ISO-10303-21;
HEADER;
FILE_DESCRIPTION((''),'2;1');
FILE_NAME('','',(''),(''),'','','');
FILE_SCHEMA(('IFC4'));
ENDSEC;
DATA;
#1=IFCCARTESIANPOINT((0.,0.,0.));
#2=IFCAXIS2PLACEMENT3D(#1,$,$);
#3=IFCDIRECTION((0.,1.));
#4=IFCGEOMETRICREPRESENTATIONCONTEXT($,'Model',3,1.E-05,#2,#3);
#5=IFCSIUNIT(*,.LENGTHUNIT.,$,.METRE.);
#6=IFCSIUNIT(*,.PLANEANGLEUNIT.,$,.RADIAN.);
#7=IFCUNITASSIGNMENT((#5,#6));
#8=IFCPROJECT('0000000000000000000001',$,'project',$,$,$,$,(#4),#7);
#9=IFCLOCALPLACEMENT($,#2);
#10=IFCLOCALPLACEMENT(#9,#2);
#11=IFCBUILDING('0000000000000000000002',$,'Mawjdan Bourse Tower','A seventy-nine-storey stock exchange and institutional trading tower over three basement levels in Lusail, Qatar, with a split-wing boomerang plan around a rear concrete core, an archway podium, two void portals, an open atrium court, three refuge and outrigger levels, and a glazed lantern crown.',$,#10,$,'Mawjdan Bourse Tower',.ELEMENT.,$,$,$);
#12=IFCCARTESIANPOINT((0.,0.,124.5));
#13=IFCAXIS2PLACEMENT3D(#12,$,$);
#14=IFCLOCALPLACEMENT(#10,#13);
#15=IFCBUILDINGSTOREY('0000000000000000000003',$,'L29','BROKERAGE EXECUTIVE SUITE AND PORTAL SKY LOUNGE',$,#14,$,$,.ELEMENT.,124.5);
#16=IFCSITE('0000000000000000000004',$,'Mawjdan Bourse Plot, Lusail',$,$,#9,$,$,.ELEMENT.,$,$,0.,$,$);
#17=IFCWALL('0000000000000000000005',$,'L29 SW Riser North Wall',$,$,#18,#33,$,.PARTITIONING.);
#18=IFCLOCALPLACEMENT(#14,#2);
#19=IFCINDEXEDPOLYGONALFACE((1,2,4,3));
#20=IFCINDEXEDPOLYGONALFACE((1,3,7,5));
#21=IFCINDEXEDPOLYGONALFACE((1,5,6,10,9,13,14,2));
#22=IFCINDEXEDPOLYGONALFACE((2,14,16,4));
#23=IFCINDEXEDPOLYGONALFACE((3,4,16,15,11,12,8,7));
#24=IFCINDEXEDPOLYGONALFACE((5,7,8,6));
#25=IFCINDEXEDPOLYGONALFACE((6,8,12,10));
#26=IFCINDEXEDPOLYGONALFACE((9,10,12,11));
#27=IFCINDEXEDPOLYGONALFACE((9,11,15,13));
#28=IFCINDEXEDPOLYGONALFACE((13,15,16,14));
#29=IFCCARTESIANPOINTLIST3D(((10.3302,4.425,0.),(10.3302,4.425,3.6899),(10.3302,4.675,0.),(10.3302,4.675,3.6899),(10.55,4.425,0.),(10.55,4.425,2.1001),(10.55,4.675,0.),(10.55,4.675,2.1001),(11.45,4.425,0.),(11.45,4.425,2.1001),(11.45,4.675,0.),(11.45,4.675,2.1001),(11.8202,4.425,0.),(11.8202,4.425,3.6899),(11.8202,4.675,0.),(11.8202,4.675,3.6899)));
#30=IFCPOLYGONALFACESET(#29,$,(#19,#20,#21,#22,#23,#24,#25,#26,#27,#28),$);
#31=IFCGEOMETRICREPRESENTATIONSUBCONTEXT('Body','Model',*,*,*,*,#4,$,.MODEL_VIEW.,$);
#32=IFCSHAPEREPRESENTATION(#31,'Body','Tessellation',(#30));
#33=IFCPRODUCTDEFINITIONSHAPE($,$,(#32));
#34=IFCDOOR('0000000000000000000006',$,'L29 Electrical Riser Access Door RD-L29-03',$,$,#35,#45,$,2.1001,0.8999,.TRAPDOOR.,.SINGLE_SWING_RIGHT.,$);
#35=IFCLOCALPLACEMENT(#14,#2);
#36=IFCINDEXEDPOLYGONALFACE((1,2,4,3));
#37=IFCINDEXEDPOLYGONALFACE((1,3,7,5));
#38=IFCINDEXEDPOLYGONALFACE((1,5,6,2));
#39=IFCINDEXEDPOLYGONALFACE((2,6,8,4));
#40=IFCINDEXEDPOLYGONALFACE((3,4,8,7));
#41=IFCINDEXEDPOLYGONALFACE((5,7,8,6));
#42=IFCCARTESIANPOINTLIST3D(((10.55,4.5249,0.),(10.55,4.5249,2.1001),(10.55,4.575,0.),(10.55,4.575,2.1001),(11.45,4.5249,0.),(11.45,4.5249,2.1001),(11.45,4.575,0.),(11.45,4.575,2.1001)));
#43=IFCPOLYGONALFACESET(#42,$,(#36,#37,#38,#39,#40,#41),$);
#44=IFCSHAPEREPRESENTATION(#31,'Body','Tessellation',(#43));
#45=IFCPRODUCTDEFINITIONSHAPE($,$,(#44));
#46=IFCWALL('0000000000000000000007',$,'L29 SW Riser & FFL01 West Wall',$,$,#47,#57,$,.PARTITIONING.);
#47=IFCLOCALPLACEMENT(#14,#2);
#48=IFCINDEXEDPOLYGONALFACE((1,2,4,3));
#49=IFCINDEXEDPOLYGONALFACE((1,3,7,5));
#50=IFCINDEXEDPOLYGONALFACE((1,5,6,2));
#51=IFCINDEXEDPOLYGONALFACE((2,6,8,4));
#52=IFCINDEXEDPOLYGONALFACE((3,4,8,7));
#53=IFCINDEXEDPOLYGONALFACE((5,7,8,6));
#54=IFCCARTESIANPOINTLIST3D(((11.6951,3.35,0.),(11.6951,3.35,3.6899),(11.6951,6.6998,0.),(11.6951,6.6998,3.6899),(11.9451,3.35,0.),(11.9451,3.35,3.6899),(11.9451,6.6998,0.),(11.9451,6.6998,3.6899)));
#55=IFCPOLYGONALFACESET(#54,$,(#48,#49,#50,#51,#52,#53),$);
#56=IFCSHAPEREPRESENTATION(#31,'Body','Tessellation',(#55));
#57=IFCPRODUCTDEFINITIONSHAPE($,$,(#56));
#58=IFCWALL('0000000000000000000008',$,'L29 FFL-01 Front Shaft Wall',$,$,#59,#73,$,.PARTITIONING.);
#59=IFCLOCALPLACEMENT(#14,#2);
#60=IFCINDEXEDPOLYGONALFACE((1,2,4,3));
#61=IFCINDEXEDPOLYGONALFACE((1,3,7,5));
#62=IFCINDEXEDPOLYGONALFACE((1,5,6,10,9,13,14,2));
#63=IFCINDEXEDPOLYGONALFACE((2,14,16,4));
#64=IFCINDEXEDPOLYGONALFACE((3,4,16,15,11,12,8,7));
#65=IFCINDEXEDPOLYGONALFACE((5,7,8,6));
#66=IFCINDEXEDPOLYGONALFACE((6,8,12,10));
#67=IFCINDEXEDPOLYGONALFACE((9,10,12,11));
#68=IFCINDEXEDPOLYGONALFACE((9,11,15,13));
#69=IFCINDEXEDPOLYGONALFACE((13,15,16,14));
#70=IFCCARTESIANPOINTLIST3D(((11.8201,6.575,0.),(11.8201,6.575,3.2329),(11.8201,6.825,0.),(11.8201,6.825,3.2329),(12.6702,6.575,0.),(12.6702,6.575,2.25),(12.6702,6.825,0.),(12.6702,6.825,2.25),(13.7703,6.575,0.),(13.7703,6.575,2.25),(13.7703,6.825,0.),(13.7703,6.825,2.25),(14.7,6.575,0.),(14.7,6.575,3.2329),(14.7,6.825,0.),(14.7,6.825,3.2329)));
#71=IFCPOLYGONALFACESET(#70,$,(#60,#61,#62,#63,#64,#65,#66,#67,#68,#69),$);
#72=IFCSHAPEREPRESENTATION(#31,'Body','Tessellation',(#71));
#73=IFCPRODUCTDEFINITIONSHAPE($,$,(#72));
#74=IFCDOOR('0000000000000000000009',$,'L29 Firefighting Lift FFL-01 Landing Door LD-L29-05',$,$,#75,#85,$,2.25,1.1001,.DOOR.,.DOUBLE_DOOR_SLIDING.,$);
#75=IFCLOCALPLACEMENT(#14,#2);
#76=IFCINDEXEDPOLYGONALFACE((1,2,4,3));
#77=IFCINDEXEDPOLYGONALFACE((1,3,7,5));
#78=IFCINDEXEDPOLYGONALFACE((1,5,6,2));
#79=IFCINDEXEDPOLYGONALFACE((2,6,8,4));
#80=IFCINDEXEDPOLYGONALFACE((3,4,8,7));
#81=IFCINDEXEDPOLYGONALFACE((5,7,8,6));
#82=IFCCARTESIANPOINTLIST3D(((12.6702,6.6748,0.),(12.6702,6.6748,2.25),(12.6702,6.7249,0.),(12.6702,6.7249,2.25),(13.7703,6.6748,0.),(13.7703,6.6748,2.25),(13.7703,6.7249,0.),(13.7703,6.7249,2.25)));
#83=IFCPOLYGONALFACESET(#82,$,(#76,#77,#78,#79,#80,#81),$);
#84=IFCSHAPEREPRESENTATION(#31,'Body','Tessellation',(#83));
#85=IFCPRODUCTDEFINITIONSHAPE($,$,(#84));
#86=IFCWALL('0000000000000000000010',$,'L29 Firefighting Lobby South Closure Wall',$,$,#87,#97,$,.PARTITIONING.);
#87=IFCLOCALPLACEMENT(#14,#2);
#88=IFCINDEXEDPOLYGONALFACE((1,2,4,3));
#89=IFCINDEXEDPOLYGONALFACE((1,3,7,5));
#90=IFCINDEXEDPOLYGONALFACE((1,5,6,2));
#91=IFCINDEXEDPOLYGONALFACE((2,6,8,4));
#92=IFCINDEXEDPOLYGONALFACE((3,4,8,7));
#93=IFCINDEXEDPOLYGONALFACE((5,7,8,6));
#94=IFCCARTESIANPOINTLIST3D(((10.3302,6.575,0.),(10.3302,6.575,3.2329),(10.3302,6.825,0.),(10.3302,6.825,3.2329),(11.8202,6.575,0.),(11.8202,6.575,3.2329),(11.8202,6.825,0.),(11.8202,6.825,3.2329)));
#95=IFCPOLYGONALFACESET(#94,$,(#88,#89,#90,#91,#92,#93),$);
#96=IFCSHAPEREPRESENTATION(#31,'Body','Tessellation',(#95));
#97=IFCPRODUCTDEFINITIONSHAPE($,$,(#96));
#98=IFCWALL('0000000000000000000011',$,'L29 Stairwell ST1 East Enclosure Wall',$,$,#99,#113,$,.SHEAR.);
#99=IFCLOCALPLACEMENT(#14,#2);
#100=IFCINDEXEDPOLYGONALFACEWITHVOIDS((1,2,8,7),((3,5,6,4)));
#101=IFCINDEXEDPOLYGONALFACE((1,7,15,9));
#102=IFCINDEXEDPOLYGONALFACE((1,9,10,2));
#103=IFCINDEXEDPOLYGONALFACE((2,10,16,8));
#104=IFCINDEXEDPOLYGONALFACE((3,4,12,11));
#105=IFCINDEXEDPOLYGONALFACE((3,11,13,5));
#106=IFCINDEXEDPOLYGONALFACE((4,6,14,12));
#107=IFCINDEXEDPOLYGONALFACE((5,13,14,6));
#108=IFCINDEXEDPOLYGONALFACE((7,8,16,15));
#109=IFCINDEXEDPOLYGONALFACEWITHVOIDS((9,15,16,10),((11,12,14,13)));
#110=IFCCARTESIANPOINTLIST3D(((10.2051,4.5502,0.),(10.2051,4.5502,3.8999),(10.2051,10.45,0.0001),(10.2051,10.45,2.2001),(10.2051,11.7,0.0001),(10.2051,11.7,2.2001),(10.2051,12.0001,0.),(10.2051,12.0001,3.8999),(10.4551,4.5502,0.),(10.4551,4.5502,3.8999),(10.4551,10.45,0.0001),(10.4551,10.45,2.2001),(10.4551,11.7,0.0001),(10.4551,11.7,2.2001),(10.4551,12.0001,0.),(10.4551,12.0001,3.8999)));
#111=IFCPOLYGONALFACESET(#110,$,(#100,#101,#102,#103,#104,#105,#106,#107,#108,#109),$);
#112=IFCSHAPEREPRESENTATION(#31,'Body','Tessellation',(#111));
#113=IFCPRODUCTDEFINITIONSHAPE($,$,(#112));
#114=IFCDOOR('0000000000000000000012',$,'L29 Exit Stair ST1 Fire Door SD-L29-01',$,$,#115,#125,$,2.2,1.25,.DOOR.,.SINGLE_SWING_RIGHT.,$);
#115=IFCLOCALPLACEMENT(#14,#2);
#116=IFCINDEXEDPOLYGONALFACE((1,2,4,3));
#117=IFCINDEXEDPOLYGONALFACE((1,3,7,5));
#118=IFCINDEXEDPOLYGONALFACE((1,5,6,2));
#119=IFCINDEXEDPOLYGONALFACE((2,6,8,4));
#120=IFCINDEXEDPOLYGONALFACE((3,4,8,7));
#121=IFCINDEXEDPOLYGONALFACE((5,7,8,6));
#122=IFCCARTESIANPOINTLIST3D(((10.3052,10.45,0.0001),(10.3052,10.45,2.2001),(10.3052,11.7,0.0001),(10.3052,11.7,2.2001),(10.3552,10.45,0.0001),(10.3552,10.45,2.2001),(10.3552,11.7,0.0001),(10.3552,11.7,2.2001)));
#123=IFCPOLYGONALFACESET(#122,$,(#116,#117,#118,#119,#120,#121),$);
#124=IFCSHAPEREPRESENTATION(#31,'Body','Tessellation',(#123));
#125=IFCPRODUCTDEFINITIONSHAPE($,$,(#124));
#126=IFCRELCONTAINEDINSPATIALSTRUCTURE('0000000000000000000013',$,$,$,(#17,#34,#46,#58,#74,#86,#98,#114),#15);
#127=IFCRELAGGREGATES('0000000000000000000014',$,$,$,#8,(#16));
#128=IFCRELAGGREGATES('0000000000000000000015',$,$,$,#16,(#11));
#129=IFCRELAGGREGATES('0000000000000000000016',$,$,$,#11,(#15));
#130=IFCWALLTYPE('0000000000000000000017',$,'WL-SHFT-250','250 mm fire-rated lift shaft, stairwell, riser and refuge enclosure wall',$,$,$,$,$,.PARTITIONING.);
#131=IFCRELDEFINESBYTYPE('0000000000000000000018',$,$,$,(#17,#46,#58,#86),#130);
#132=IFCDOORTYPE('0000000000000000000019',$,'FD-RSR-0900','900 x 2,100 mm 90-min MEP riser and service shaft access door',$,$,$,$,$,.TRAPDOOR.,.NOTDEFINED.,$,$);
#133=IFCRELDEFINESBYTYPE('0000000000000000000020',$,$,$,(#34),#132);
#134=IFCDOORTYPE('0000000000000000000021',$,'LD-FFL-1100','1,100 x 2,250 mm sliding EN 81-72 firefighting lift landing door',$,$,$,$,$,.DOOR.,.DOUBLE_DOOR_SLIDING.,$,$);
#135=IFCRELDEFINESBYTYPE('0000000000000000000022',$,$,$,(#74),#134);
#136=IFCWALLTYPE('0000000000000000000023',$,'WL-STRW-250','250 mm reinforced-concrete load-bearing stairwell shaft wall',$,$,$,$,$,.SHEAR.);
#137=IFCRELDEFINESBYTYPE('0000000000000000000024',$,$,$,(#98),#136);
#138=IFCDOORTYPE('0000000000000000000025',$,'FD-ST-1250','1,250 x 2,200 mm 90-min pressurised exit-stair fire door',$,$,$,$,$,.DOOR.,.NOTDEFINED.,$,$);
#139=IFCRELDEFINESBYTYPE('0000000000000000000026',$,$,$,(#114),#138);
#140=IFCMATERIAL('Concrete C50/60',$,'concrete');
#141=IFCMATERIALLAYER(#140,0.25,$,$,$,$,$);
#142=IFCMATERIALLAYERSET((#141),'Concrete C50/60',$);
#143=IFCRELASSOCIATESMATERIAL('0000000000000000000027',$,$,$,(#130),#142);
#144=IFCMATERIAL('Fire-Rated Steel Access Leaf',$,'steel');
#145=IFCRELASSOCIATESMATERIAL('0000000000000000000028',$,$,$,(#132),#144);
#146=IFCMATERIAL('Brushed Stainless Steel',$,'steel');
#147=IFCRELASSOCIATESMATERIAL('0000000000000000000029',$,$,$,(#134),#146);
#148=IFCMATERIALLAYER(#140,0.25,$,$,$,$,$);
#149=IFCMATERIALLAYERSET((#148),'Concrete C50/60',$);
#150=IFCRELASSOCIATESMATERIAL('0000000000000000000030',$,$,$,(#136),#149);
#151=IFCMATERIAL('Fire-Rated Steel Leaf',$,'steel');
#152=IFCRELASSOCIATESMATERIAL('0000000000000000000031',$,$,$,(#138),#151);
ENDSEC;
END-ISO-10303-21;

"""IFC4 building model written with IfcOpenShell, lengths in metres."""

from ifc_helpers import new_model, si_unit, direction, frame, frame_2d, origin, place, context, subcontext, project, spatial, rectangle, extrude, material, layer, layer_set, type_object, element, fill, save


model = new_model("IFC4")

# Units and contexts
model_context = context("Model", 3, precision=1e-05, world=origin(), true_north=direction((0.0, 1.0)))
body_context = subcontext(model_context, "Body", "Model", "MODEL_VIEW")
ifc_project = project(units=[si_unit("LENGTHUNIT", "METRE"), si_unit("PLANEANGLEUNIT", "RADIAN")], contexts=[model_context])

# Site, building, storey
site_placement = place(None, origin())
site = spatial("IfcSite", under=ifc_project, at=site_placement, Name="Mawjdan Bourse Plot, Lusail", CompositionType="ELEMENT", RefElevation=0.0)
building_placement = place(site_placement, origin())
building = spatial("IfcBuilding", under=site, at=building_placement, Name="Mawjdan Bourse Tower", Description="A seventy-nine-storey stock exchange and institutional trading tower over three basement levels in Lusail, Qatar, with a split-wing boomerang plan around a rear concrete core, an archway podium, two void portals, an open atrium court, three refuge and outrigger levels, and a glazed lantern crown.", LongName="Mawjdan Bourse Tower", CompositionType="ELEMENT")
storey_placement = place(building_placement, frame((0.0, 0.0, 124.5)))
storey = spatial("IfcBuildingStorey", under=building, at=storey_placement, Name="L29", Description="BROKERAGE EXECUTIVE SUITE AND PORTAL SKY LOUNGE", CompositionType="ELEMENT", Elevation=124.5)

# Shared definitions
ifc_material_1 = material(Name="Concrete C50/60", Category="concrete")

# Wall, opening, door
ifc_layer_1 = layer(ifc_material_1, 0.25)
ifc_layer_set_1 = layer_set([ifc_layer_1], Name="Concrete C50/60")
wall_type_1 = type_object("IfcWallType", Name="WL-SHFT-250", Description="250 mm fire-rated lift shaft, stairwell, riser and refuge enclosure wall", PredefinedType="PARTITIONING", material=ifc_layer_set_1)
wall_1_placement = place(storey_placement, frame((10.3301, 4.55, 0.0), z_axis=(0.0, 0.0, 1.0), x_axis=(1.0, 0.0, 0.0)))
wall_1 = element("IfcWall", 1, at=wall_1_placement, inside=storey, type_object=wall_type_1, Name="L29 SW Riser North Wall", PredefinedType="PARTITIONING", context=body_context, shape_type="SweptSolid", body=[
    extrude(rectangle(XDim=1.49, YDim=0.25, at=frame_2d((0.7451, 0.0))), origin(), (0.0, 0.0, 1.0), 3.6899),
])
opening_1_placement = place(wall_1_placement, frame((0.22, 0.0, 0.0)))
opening_1 = element("IfcOpeningElement", 2, at=opening_1_placement, cuts=wall_1, PredefinedType="OPENING", context=body_context, shape_type="SweptSolid", body=[
    extrude(rectangle(XDim=0.8999, YDim=2.1001, at=frame_2d((0.45, 1.05))), frame((0.0, 0.135, 0.0), z_axis=(0.0, -1.0, 0.0), x_axis=(1.0, 0.0, 0.0)), (0.0, 0.0, 1.0), 0.27),
])
ifc_material_2 = material(Name="Fire-Rated Steel Access Leaf", Category="steel")
door_type_1 = type_object("IfcDoorType", Name="FD-RSR-0900", Description="900 x 2,100 mm 90-min MEP riser and service shaft access door", OperationType="NOTDEFINED", PredefinedType="TRAPDOOR", material=ifc_material_2)
door_1_placement = place(opening_1_placement, origin())
door_1 = element("IfcDoor", 3, at=door_1_placement, inside=storey, type_object=door_type_1, Name="L29 Electrical Riser Access Door RD-L29-03", OperationType="SINGLE_SWING_RIGHT", OverallHeight=2.1001, OverallWidth=0.8999, PredefinedType="TRAPDOOR", context=body_context, shape_type="SweptSolid", body=[
    extrude(rectangle(XDim=0.8999, YDim=2.1001, at=frame_2d((0.45, 1.05))), frame((0.0, 0.0249, 0.0), z_axis=(0.0, -1.0, 0.0), x_axis=(1.0, 0.0, 0.0)), (0.0, 0.0, 1.0), 0.05),
])
fill(opening_1, door_1)

# Wall
wall_2_placement = place(storey_placement, frame((11.8201, 3.3501, 0.0), z_axis=(0.0, 0.0, 1.0), x_axis=(0.0, 1.0, 0.0)))
element("IfcWall", 4, at=wall_2_placement, inside=storey, type_object=wall_type_1, Name="L29 SW Riser & FFL01 West Wall", PredefinedType="PARTITIONING", context=body_context, shape_type="SweptSolid", body=[
    extrude(rectangle(XDim=3.3499, YDim=0.25, at=frame_2d((1.6748, 0.0))), origin(), (0.0, 0.0, 1.0), 3.6899),
])

# Wall, opening, door
wall_3_placement = place(storey_placement, frame((11.8201, 6.7, 0.0), z_axis=(0.0, 0.0, 1.0), x_axis=(1.0, 0.0, 0.0)))
wall_3 = element("IfcWall", 5, at=wall_3_placement, inside=storey, type_object=wall_type_1, Name="L29 FFL-01 Front Shaft Wall", PredefinedType="PARTITIONING", context=body_context, shape_type="SweptSolid", body=[
    extrude(rectangle(XDim=2.8799, YDim=0.25, at=frame_2d((1.4399, 0.0))), origin(), (0.0, 0.0, 1.0), 3.2329),
])
opening_2_placement = place(wall_3_placement, frame((0.8501, 0.0, 0.0)))
opening_2 = element("IfcOpeningElement", 6, at=opening_2_placement, cuts=wall_3, PredefinedType="OPENING", context=body_context, shape_type="SweptSolid", body=[
    extrude(rectangle(XDim=1.1001, YDim=2.25, at=frame_2d((0.55, 1.125))), frame((0.0, 0.135, 0.0), z_axis=(0.0, -1.0, 0.0), x_axis=(1.0, 0.0, 0.0)), (0.0, 0.0, 1.0), 0.27),
])
ifc_material_3 = material(Name="Brushed Stainless Steel", Category="steel")
door_type_2 = type_object("IfcDoorType", Name="LD-FFL-1100", Description="1,100 x 2,250 mm sliding EN 81-72 firefighting lift landing door", OperationType="DOUBLE_DOOR_SLIDING", PredefinedType="DOOR", material=ifc_material_3)
door_2_placement = place(opening_2_placement, origin())
door_2 = element("IfcDoor", 7, at=door_2_placement, inside=storey, type_object=door_type_2, Name="L29 Firefighting Lift FFL-01 Landing Door LD-L29-05", OperationType="DOUBLE_DOOR_SLIDING", OverallHeight=2.25, OverallWidth=1.1001, PredefinedType="DOOR", context=body_context, shape_type="SweptSolid", body=[
    extrude(rectangle(XDim=1.1001, YDim=2.25, at=frame_2d((0.55, 1.125))), frame((0.0, 0.0249, 0.0), z_axis=(0.0, -1.0, 0.0), x_axis=(1.0, 0.0, 0.0)), (0.0, 0.0, 1.0), 0.05),
])
fill(opening_2, door_2)

# Wall
wall_4_placement = place(storey_placement, frame((10.3301, 6.7, 0.0), z_axis=(0.0, 0.0, 1.0), x_axis=(1.0, 0.0, 0.0)))
element("IfcWall", 8, at=wall_4_placement, inside=storey, type_object=wall_type_1, Name="L29 Firefighting Lobby South Closure Wall", PredefinedType="PARTITIONING", context=body_context, shape_type="SweptSolid", body=[
    extrude(rectangle(XDim=1.49, YDim=0.25, at=frame_2d((0.7451, 0.0))), origin(), (0.0, 0.0, 1.0), 3.2329),
])
ifc_layer_2 = layer(ifc_material_1, 0.25)
ifc_layer_set_2 = layer_set([ifc_layer_2], Name="Concrete C50/60")
wall_type_2 = type_object("IfcWallType", Name="WL-STRW-250", Description="250 mm reinforced-concrete load-bearing stairwell shaft wall", PredefinedType="SHEAR", material=ifc_layer_set_2)

# Wall, opening, door
wall_5_placement = place(storey_placement, frame((10.3301, 4.55, 0.0), z_axis=(0.0, 0.0, 1.0), x_axis=(0.0, 1.0, 0.0)))
wall_5 = element("IfcWall", 9, at=wall_5_placement, inside=storey, type_object=wall_type_2, Name="L29 Stairwell ST1 East Enclosure Wall", PredefinedType="SHEAR", context=body_context, shape_type="SweptSolid", body=[
    extrude(rectangle(XDim=7.45, YDim=0.25, at=frame_2d((3.7251, 0.0))), origin(), (0.0, 0.0, 1.0), 3.8999),
])
opening_3_placement = place(wall_5_placement, frame((5.8999, 0.0, 0.0)))
opening_3 = element("IfcOpeningElement", 10, at=opening_3_placement, cuts=wall_5, PredefinedType="OPENING", context=body_context, shape_type="SweptSolid", body=[
    extrude(rectangle(XDim=1.25, YDim=2.2, at=frame_2d((0.625, 1.1001))), frame((0.0, 0.135, 0.0), z_axis=(0.0, -1.0, 0.0), x_axis=(1.0, 0.0, 0.0)), (0.0, 0.0, 1.0), 0.27),
])
ifc_material_4 = material(Name="Fire-Rated Steel Leaf", Category="steel")
door_type_3 = type_object("IfcDoorType", Name="FD-ST-1250", Description="1,250 x 2,200 mm 90-min pressurised exit-stair fire door", OperationType="NOTDEFINED", PredefinedType="DOOR", material=ifc_material_4)
door_3_placement = place(opening_3_placement, origin())
door_3 = element("IfcDoor", 11, at=door_3_placement, inside=storey, type_object=door_type_3, Name="L29 Exit Stair ST1 Fire Door SD-L29-01", OperationType="SINGLE_SWING_RIGHT", OverallHeight=2.2, OverallWidth=1.25, PredefinedType="DOOR", context=body_context, shape_type="SweptSolid", body=[
    extrude(rectangle(XDim=1.25, YDim=2.2, at=frame_2d((0.625, 1.1001))), frame((0.0, 0.0249, 0.0), z_axis=(0.0, -1.0, 0.0), x_axis=(1.0, 0.0, 0.0)), (0.0, 0.0, 1.0), 0.05),
])
fill(opening_3, door_3)

save(model, "model.ifc")
